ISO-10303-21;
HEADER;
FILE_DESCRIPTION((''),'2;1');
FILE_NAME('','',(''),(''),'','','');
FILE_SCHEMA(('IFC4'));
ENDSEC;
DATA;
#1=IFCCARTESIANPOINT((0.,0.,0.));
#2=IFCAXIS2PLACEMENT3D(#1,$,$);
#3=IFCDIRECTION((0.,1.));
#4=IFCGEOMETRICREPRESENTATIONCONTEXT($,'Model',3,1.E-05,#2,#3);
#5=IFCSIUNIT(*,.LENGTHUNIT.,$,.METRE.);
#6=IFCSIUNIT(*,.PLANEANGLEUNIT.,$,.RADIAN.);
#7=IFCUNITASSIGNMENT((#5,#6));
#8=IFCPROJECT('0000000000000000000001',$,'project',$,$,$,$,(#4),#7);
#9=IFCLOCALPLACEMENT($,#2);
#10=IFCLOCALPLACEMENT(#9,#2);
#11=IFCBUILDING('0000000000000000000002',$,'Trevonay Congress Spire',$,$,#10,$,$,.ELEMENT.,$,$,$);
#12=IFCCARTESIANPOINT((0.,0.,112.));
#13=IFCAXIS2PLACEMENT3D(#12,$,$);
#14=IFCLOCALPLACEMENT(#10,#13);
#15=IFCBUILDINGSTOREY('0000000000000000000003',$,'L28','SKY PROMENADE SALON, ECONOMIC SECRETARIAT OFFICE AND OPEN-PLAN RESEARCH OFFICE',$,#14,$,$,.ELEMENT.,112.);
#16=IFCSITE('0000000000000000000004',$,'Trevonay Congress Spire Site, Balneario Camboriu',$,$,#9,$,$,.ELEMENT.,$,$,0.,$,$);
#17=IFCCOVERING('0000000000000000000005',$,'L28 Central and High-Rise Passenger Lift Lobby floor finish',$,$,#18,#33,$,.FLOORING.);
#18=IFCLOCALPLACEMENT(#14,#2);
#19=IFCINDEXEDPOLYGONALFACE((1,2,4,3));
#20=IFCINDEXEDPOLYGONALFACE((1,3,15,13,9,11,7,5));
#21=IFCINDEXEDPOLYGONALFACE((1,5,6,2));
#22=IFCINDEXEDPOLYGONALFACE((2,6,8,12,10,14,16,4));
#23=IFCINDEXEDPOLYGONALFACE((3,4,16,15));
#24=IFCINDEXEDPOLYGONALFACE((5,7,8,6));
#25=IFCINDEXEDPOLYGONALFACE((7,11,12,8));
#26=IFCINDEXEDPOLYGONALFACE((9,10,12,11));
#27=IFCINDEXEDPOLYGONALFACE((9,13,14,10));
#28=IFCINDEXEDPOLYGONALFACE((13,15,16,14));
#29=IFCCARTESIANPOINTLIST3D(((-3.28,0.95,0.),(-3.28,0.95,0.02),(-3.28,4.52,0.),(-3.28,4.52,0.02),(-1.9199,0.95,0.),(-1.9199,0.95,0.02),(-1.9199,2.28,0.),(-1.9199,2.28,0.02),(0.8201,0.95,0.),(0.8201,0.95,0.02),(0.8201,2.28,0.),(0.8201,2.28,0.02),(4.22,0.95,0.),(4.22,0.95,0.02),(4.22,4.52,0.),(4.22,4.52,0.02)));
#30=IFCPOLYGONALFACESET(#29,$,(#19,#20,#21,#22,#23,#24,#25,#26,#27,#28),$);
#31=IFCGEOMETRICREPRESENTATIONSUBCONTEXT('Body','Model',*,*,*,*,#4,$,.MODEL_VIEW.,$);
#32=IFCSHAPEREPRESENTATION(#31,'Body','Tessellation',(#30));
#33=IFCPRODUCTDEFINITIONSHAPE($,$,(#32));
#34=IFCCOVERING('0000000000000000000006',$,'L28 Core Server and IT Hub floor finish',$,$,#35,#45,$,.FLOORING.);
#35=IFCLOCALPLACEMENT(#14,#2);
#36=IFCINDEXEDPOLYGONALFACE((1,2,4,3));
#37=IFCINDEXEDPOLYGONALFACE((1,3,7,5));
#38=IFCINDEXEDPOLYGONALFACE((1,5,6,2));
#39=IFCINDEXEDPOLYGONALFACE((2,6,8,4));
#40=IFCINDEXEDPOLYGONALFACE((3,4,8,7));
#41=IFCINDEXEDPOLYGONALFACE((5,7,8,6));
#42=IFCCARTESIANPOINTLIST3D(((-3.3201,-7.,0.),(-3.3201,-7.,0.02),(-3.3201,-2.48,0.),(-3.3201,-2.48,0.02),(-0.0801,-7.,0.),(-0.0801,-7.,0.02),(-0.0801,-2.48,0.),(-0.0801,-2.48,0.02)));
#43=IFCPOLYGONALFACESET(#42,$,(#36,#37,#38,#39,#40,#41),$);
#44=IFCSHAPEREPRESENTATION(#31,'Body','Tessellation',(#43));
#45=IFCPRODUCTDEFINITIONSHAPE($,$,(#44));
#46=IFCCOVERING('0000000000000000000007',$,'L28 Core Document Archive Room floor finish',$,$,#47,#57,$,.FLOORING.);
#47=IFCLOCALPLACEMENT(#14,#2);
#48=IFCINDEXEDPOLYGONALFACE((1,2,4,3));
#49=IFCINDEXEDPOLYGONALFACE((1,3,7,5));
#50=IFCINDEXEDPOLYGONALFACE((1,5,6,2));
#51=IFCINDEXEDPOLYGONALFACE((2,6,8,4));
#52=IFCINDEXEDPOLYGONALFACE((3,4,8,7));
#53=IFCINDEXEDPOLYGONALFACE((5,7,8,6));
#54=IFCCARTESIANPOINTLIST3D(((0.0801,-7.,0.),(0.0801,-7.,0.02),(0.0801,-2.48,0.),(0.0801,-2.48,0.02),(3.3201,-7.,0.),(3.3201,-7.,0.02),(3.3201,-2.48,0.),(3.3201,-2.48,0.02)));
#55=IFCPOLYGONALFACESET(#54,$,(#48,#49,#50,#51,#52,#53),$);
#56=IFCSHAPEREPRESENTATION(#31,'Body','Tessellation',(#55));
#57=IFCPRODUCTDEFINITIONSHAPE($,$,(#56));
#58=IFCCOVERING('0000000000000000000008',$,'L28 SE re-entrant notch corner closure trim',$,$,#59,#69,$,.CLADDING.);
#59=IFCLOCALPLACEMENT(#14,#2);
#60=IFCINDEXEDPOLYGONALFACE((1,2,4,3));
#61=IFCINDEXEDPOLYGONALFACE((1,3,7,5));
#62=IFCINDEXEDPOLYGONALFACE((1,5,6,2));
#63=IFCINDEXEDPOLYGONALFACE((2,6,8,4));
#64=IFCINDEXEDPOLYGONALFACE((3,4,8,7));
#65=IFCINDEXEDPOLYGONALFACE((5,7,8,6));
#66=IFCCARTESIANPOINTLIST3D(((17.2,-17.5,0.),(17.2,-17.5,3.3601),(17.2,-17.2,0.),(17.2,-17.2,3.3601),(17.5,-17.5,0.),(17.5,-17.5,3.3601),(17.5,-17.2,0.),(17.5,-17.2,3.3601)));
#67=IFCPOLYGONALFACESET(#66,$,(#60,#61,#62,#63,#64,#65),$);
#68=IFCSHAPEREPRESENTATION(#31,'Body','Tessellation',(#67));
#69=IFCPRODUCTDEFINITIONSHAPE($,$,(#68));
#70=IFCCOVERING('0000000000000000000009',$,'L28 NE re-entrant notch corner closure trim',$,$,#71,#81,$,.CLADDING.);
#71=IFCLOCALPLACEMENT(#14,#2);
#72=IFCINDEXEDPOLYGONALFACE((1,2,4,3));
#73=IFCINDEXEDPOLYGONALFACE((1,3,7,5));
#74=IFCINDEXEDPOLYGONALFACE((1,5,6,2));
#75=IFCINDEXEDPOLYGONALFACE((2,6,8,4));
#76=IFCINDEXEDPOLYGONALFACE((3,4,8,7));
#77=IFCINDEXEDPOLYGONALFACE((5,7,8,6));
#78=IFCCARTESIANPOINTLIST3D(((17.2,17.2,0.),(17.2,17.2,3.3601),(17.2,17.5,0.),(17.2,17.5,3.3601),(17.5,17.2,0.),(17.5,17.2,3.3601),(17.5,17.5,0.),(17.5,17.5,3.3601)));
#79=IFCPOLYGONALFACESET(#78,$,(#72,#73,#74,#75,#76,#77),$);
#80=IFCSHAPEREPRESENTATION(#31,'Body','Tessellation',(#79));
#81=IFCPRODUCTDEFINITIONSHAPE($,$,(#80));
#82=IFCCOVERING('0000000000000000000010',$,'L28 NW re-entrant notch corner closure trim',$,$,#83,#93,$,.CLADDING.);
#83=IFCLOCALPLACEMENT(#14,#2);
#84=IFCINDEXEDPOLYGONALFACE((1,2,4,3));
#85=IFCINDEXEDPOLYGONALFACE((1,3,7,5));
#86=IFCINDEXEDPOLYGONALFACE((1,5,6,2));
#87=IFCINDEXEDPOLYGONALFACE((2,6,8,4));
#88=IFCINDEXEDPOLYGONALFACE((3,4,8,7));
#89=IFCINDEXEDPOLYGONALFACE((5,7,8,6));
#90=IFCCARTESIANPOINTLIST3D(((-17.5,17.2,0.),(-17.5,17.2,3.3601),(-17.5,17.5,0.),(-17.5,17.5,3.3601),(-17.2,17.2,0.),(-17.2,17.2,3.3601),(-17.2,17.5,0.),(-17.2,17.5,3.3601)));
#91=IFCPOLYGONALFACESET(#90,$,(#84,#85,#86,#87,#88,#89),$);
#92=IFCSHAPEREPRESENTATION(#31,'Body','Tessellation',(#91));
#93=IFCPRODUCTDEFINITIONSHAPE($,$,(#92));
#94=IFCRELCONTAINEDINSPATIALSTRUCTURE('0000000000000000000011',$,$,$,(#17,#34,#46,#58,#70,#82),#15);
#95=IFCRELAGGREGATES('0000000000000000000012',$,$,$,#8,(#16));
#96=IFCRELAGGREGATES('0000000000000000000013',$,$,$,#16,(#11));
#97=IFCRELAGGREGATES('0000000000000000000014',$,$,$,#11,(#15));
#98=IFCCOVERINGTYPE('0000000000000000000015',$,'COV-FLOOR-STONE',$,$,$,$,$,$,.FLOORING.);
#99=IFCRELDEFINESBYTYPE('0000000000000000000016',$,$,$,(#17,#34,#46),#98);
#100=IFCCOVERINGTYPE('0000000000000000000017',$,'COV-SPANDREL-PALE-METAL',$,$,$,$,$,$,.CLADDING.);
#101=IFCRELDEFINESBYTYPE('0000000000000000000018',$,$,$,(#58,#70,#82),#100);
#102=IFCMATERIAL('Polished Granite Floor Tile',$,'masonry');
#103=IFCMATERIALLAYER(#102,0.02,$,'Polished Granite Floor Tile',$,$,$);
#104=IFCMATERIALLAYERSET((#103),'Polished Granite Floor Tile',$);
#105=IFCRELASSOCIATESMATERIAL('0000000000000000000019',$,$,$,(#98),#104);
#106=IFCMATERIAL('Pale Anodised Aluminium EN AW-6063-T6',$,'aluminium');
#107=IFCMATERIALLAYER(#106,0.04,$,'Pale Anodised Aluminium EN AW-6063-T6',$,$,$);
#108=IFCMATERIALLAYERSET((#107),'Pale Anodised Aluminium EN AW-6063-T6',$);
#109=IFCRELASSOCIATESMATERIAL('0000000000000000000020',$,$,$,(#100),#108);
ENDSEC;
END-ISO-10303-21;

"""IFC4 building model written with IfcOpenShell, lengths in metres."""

from ifc_helpers import new_model, si_unit, direction, frame, origin, place, context, subcontext, project, spatial, polyline, outline, extrude, material, layer, layer_set, type_object, element, save


model = new_model("IFC4")

# Units and contexts
model_context = context("Model", 3, precision=1e-05, world=origin(), true_north=direction((0.0, 1.0)))
body_context = subcontext(model_context, "Body", "Model", "MODEL_VIEW")
ifc_project = project(units=[si_unit("LENGTHUNIT", "METRE"), si_unit("PLANEANGLEUNIT", "RADIAN")], contexts=[model_context])

# Site, building, storey
site_placement = place(None, origin())
site = spatial("IfcSite", under=ifc_project, at=site_placement, Name="Trevonay Congress Spire Site, Balneario Camboriu", CompositionType="ELEMENT", RefElevation=0.0)
building_placement = place(site_placement, origin())
building = spatial("IfcBuilding", under=site, at=building_placement, Name="Trevonay Congress Spire", CompositionType="ELEMENT")
storey_placement = place(building_placement, frame((0.0, 0.0, 112.0)))
storey = spatial("IfcBuildingStorey", under=building, at=storey_placement, Name="L28", Description="SKY PROMENADE SALON, ECONOMIC SECRETARIAT OFFICE AND OPEN-PLAN RESEARCH OFFICE", CompositionType="ELEMENT", Elevation=112.0)

# Shared definitions
ifc_material_1 = material(Name="Pale Anodised Aluminium EN AW-6063-T6", Category="aluminium")

# Coverings
ifc_material_2 = material(Name="Polished Granite Floor Tile", Category="masonry")
ifc_layer_1 = layer(ifc_material_2, 0.02, Name="Polished Granite Floor Tile")
ifc_layer_set_1 = layer_set([ifc_layer_1], Name="Polished Granite Floor Tile")
covering_type_1 = type_object("IfcCoveringType", Name="COV-FLOOR-STONE", PredefinedType="FLOORING", material=ifc_layer_set_1)
covering_1_placement = place(storey_placement, origin())
element("IfcCovering", 1, at=covering_1_placement, inside=storey, type_object=covering_type_1, Name="L28 Central and High-Rise Passenger Lift Lobby floor finish", PredefinedType="FLOORING", context=body_context, shape_type="SweptSolid", body=[
    extrude(outline(polyline([(-3.28, 0.95), (-1.9199, 0.95), (-1.9199, 2.28), (0.8201, 2.28), (0.8201, 0.95), (4.22, 0.95), (4.22, 4.52), (-3.28, 4.52), (-3.28, 0.95)])), origin(), (0.0, 0.0, 1.0), 0.02),
])
covering_2_placement = place(storey_placement, origin())
element("IfcCovering", 2, at=covering_2_placement, inside=storey, type_object=covering_type_1, Name="L28 Core Server and IT Hub floor finish", PredefinedType="FLOORING", context=body_context, shape_type="SweptSolid", body=[
    extrude(outline(polyline([(-3.3201, -7.0), (-0.0801, -7.0), (-0.0801, -2.48), (-3.3201, -2.48), (-3.3201, -7.0)])), origin(), (0.0, 0.0, 1.0), 0.02),
])
covering_3_placement = place(storey_placement, origin())
element("IfcCovering", 3, at=covering_3_placement, inside=storey, type_object=covering_type_1, Name="L28 Core Document Archive Room floor finish", PredefinedType="FLOORING", context=body_context, shape_type="SweptSolid", body=[
    extrude(outline(polyline([(0.0801, -7.0), (3.3201, -7.0), (3.3201, -2.48), (0.0801, -2.48), (0.0801, -7.0)])), origin(), (0.0, 0.0, 1.0), 0.02),
])
ifc_layer_2 = layer(ifc_material_1, 0.04, Name="Pale Anodised Aluminium EN AW-6063-T6")
ifc_layer_set_2 = layer_set([ifc_layer_2], Name="Pale Anodised Aluminium EN AW-6063-T6")
covering_type_2 = type_object("IfcCoveringType", Name="COV-SPANDREL-PALE-METAL", PredefinedType="CLADDING", material=ifc_layer_set_2)
covering_4_placement = place(storey_placement, origin())
element("IfcCovering", 4, at=covering_4_placement, inside=storey, type_object=covering_type_2, Name="L28 SE re-entrant notch corner closure trim", PredefinedType="CLADDING", context=body_context, shape_type="SweptSolid", body=[
    extrude(outline(polyline([(17.2, -17.5), (17.5, -17.5), (17.5, -17.2), (17.2, -17.2), (17.2, -17.5)])), origin(), (0.0, 0.0, 1.0), 3.3601),
])
covering_5_placement = place(storey_placement, origin())
element("IfcCovering", 5, at=covering_5_placement, inside=storey, type_object=covering_type_2, Name="L28 NE re-entrant notch corner closure trim", PredefinedType="CLADDING", context=body_context, shape_type="SweptSolid", body=[
    extrude(outline(polyline([(17.2, 17.2), (17.5, 17.2), (17.5, 17.5), (17.2, 17.5), (17.2, 17.2)])), origin(), (0.0, 0.0, 1.0), 3.3601),
])
covering_6_placement = place(storey_placement, origin())
element("IfcCovering", 6, at=covering_6_placement, inside=storey, type_object=covering_type_2, Name="L28 NW re-entrant notch corner closure trim", PredefinedType="CLADDING", context=body_context, shape_type="SweptSolid", body=[
    extrude(outline(polyline([(-17.5, 17.2), (-17.2, 17.2), (-17.2, 17.5), (-17.5, 17.5), (-17.5, 17.2)])), origin(), (0.0, 0.0, 1.0), 3.3601),
])

save(model, "model.ifc")
